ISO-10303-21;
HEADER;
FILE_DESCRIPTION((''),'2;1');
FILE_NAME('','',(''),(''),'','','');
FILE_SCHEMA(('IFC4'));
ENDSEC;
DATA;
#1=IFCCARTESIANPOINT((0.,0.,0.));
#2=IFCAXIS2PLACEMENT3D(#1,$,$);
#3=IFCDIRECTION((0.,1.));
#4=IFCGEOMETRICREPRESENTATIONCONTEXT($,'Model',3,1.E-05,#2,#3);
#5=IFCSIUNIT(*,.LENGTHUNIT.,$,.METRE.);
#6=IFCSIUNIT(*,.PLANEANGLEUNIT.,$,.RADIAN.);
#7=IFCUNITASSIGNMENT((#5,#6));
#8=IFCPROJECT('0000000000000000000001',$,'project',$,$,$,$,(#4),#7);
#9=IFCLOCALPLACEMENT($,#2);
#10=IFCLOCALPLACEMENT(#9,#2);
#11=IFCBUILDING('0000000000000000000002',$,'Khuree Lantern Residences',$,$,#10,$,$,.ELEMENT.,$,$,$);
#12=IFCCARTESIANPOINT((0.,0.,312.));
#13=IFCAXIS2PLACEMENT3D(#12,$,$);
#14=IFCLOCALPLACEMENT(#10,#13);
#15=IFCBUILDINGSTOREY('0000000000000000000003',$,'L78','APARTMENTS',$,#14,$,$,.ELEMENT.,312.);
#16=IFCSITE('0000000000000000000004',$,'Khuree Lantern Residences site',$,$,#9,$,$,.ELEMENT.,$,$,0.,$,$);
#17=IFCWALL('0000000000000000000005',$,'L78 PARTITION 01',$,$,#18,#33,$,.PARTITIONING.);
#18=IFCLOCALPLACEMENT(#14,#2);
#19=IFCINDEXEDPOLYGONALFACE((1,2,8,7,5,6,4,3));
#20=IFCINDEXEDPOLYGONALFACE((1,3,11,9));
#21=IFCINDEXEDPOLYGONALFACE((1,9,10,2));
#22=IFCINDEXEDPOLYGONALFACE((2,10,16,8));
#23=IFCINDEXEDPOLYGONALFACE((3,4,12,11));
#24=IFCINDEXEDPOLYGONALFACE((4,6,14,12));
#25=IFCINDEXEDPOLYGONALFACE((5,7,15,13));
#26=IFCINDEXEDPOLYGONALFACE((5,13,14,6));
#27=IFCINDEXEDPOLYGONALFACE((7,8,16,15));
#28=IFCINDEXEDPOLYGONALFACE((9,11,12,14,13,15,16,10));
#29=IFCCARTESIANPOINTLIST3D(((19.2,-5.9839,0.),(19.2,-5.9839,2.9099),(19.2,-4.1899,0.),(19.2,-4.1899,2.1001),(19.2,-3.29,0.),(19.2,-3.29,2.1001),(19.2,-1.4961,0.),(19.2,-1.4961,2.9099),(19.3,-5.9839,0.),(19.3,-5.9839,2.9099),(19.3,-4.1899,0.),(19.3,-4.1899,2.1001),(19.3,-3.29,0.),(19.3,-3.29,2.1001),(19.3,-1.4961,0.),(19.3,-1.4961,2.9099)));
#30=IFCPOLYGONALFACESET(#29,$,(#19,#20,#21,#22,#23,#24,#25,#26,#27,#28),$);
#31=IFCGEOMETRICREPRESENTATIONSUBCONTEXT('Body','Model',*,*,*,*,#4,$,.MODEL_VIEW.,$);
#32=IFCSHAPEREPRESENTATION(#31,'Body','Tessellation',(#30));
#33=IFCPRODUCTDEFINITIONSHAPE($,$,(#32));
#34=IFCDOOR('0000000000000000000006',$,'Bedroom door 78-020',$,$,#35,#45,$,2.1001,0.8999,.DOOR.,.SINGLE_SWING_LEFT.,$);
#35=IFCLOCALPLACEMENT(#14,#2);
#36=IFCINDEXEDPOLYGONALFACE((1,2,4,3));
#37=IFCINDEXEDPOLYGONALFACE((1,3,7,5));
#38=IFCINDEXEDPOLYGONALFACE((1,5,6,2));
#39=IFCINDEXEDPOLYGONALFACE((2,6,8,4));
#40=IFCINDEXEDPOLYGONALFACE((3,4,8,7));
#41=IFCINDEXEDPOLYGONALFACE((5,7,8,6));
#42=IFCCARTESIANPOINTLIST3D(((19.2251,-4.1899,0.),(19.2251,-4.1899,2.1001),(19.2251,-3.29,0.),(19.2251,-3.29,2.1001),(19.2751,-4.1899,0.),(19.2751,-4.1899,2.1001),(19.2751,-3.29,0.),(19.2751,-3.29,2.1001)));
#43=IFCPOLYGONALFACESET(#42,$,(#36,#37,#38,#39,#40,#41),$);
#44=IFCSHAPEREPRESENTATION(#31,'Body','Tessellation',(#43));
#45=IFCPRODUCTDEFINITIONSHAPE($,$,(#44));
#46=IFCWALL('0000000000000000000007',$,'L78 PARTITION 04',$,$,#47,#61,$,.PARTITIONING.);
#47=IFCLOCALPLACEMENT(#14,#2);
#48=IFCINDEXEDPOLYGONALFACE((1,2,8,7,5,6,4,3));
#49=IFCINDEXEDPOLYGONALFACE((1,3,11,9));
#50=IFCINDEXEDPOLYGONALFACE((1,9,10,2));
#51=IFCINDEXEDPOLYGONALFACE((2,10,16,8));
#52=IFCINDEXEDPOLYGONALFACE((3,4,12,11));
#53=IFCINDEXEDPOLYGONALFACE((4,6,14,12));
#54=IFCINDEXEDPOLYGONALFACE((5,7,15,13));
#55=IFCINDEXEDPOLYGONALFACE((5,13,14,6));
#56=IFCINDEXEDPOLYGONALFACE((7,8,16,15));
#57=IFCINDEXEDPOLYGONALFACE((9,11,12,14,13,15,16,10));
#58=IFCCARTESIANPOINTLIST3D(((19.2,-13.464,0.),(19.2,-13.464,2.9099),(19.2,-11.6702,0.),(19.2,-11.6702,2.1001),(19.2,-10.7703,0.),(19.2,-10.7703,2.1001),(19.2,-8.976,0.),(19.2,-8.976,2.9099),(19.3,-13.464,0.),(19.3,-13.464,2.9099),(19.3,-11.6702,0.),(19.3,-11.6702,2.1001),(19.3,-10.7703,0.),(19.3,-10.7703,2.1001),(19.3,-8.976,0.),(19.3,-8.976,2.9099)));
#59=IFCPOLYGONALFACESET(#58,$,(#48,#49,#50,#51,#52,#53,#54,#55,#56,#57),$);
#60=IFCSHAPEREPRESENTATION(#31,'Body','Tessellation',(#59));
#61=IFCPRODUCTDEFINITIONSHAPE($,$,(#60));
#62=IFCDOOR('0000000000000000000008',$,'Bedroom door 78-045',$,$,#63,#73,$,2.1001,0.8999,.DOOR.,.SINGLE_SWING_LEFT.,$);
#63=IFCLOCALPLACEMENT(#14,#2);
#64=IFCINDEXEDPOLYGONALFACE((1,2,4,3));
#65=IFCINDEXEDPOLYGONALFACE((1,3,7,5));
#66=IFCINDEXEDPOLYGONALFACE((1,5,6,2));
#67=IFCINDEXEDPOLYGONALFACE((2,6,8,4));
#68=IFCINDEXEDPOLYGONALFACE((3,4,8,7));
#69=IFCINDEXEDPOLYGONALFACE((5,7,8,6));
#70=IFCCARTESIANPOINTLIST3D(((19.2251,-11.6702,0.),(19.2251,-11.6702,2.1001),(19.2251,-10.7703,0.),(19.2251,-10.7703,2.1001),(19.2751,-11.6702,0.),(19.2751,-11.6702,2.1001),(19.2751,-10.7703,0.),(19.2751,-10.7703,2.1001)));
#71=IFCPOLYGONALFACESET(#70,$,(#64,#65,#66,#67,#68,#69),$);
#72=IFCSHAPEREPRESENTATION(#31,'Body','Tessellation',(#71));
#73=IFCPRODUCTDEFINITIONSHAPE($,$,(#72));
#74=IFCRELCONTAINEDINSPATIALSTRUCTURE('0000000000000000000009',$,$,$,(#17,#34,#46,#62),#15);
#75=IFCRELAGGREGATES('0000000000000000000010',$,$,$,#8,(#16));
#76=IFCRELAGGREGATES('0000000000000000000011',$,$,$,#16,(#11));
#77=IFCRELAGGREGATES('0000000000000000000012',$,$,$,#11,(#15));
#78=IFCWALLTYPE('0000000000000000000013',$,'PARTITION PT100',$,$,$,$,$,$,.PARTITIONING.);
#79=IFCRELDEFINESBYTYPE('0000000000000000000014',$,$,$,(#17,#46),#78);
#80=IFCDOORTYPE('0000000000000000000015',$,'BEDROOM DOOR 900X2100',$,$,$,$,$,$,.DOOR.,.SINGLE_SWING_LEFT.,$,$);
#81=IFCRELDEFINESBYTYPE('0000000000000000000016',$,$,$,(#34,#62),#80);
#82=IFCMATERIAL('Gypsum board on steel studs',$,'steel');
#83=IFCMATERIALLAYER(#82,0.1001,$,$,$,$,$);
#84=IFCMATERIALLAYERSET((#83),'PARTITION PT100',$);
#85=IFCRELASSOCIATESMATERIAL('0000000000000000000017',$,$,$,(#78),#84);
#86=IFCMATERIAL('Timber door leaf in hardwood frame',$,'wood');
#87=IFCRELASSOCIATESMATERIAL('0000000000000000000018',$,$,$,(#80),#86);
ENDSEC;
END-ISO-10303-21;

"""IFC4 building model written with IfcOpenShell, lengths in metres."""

from ifc_helpers import new_model, si_unit, direction, frame, frame_2d, origin, place, context, subcontext, project, spatial, rectangle, extrude, material, layer, layer_set, type_object, element, fill, save


model = new_model("IFC4")

# Units and contexts
model_context = context("Model", 3, precision=1e-05, world=origin(), true_north=direction((0.0, 1.0)))
body_context = subcontext(model_context, "Body", "Model", "MODEL_VIEW")
ifc_project = project(units=[si_unit("LENGTHUNIT", "METRE"), si_unit("PLANEANGLEUNIT", "RADIAN")], contexts=[model_context])

# Site, building, storey
site_placement = place(None, origin())
site = spatial("IfcSite", under=ifc_project, at=site_placement, Name="Khuree Lantern Residences site", CompositionType="ELEMENT", RefElevation=0.0)
building_placement = place(site_placement, origin())
building = spatial("IfcBuilding", under=site, at=building_placement, Name="Khuree Lantern Residences", CompositionType="ELEMENT")
storey_placement = place(building_placement, frame((0.0, 0.0, 312.0)))
storey = spatial("IfcBuildingStorey", under=building, at=storey_placement, Name="L78", Description="APARTMENTS", CompositionType="ELEMENT", Elevation=312.0)

# Shared definitions
ifc_material_1 = material(Name="Gypsum board on steel studs", Category="steel")

# Shared definitions
ifc_material_2 = material(Name="Timber door leaf in hardwood frame", Category="wood")

# Shared definitions
ifc_layer_1 = layer(ifc_material_1, 0.1001)
ifc_layer_set_1 = layer_set([ifc_layer_1], Name="PARTITION PT100")
wall_type_1 = type_object("IfcWallType", Name="PARTITION PT100", PredefinedType="PARTITIONING", material=ifc_layer_set_1)

# Walls, openings, doors
wall_1_placement = place(storey_placement, frame((19.25, -5.9839, 0.0), z_axis=(0.0, 0.0, 1.0), x_axis=(0.0, 1.0, 0.0)))
wall_1 = element("IfcWall", 1, at=wall_1_placement, inside=storey, type_object=wall_type_1, Name="L78 PARTITION 01", PredefinedType="PARTITIONING", context=body_context, shape_type="SweptSolid", body=[
    extrude(rectangle(XDim=4.4878, YDim=0.1001, at=frame_2d((2.2439, 0.0))), origin(), (0.0, 0.0, 1.0), 2.9099),
])
opening_1_placement = place(wall_1_placement, frame((1.7939, 0.0, 0.0)))
opening_1 = element("IfcOpeningElement", 2, at=opening_1_placement, cuts=wall_1, PredefinedType="OPENING", context=body_context, shape_type="SweptSolid", body=[
    extrude(rectangle(XDim=0.8999, YDim=2.1001, at=frame_2d((0.45, 1.05))), frame((0.0, 0.0601, 0.0), z_axis=(0.0, -1.0, 0.0), x_axis=(1.0, 0.0, 0.0)), (0.0, 0.0, 1.0), 0.1201),
])
door_type_1 = type_object("IfcDoorType", Name="BEDROOM DOOR 900X2100", OperationType="SINGLE_SWING_LEFT", PredefinedType="DOOR", material=ifc_material_2)
door_1_placement = place(opening_1_placement, origin())
door_1 = element("IfcDoor", 3, at=door_1_placement, inside=storey, type_object=door_type_1, Name="Bedroom door 78-020", OperationType="SINGLE_SWING_LEFT", OverallHeight=2.1001, OverallWidth=0.8999, PredefinedType="DOOR", context=body_context, shape_type="SweptSolid", body=[
    extrude(rectangle(XDim=0.8999, YDim=2.1001, at=frame_2d((0.45, 1.05))), frame((0.0, 0.0249, 0.0), z_axis=(0.0, -1.0, 0.0), x_axis=(1.0, 0.0, 0.0)), (0.0, 0.0, 1.0), 0.05),
])
fill(opening_1, door_1)
wall_2_placement = place(storey_placement, frame((19.25, -13.4641, 0.0), z_axis=(0.0, 0.0, 1.0), x_axis=(0.0, 1.0, 0.0)))
wall_2 = element("IfcWall", 4, at=wall_2_placement, inside=storey, type_object=wall_type_1, Name="L78 PARTITION 04", PredefinedType="PARTITIONING", context=body_context, shape_type="SweptSolid", body=[
    extrude(rectangle(XDim=4.488, YDim=0.1001, at=frame_2d((2.2441, 0.0))), origin(), (0.0, 0.0, 1.0), 2.9099),
])
opening_2_placement = place(wall_2_placement, frame((1.7939, 0.0, 0.0)))
opening_2 = element("IfcOpeningElement", 5, at=opening_2_placement, cuts=wall_2, PredefinedType="OPENING", context=body_context, shape_type="SweptSolid", body=[
    extrude(rectangle(XDim=0.8999, YDim=2.1001, at=frame_2d((0.45, 1.05))), frame((0.0, 0.0601, 0.0), z_axis=(0.0, -1.0, 0.0), x_axis=(1.0, 0.0, 0.0)), (0.0, 0.0, 1.0), 0.1201),
])
door_2_placement = place(opening_2_placement, origin())
door_2 = element("IfcDoor", 6, at=door_2_placement, inside=storey, type_object=door_type_1, Name="Bedroom door 78-045", OperationType="SINGLE_SWING_LEFT", OverallHeight=2.1001, OverallWidth=0.8999, PredefinedType="DOOR", context=body_context, shape_type="SweptSolid", body=[
    extrude(rectangle(XDim=0.8999, YDim=2.1001, at=frame_2d((0.45, 1.05))), frame((0.0, 0.0249, 0.0), z_axis=(0.0, -1.0, 0.0), x_axis=(1.0, 0.0, 0.0)), (0.0, 0.0, 1.0), 0.05),
])
fill(opening_2, door_2)

save(model, "model.ifc")
